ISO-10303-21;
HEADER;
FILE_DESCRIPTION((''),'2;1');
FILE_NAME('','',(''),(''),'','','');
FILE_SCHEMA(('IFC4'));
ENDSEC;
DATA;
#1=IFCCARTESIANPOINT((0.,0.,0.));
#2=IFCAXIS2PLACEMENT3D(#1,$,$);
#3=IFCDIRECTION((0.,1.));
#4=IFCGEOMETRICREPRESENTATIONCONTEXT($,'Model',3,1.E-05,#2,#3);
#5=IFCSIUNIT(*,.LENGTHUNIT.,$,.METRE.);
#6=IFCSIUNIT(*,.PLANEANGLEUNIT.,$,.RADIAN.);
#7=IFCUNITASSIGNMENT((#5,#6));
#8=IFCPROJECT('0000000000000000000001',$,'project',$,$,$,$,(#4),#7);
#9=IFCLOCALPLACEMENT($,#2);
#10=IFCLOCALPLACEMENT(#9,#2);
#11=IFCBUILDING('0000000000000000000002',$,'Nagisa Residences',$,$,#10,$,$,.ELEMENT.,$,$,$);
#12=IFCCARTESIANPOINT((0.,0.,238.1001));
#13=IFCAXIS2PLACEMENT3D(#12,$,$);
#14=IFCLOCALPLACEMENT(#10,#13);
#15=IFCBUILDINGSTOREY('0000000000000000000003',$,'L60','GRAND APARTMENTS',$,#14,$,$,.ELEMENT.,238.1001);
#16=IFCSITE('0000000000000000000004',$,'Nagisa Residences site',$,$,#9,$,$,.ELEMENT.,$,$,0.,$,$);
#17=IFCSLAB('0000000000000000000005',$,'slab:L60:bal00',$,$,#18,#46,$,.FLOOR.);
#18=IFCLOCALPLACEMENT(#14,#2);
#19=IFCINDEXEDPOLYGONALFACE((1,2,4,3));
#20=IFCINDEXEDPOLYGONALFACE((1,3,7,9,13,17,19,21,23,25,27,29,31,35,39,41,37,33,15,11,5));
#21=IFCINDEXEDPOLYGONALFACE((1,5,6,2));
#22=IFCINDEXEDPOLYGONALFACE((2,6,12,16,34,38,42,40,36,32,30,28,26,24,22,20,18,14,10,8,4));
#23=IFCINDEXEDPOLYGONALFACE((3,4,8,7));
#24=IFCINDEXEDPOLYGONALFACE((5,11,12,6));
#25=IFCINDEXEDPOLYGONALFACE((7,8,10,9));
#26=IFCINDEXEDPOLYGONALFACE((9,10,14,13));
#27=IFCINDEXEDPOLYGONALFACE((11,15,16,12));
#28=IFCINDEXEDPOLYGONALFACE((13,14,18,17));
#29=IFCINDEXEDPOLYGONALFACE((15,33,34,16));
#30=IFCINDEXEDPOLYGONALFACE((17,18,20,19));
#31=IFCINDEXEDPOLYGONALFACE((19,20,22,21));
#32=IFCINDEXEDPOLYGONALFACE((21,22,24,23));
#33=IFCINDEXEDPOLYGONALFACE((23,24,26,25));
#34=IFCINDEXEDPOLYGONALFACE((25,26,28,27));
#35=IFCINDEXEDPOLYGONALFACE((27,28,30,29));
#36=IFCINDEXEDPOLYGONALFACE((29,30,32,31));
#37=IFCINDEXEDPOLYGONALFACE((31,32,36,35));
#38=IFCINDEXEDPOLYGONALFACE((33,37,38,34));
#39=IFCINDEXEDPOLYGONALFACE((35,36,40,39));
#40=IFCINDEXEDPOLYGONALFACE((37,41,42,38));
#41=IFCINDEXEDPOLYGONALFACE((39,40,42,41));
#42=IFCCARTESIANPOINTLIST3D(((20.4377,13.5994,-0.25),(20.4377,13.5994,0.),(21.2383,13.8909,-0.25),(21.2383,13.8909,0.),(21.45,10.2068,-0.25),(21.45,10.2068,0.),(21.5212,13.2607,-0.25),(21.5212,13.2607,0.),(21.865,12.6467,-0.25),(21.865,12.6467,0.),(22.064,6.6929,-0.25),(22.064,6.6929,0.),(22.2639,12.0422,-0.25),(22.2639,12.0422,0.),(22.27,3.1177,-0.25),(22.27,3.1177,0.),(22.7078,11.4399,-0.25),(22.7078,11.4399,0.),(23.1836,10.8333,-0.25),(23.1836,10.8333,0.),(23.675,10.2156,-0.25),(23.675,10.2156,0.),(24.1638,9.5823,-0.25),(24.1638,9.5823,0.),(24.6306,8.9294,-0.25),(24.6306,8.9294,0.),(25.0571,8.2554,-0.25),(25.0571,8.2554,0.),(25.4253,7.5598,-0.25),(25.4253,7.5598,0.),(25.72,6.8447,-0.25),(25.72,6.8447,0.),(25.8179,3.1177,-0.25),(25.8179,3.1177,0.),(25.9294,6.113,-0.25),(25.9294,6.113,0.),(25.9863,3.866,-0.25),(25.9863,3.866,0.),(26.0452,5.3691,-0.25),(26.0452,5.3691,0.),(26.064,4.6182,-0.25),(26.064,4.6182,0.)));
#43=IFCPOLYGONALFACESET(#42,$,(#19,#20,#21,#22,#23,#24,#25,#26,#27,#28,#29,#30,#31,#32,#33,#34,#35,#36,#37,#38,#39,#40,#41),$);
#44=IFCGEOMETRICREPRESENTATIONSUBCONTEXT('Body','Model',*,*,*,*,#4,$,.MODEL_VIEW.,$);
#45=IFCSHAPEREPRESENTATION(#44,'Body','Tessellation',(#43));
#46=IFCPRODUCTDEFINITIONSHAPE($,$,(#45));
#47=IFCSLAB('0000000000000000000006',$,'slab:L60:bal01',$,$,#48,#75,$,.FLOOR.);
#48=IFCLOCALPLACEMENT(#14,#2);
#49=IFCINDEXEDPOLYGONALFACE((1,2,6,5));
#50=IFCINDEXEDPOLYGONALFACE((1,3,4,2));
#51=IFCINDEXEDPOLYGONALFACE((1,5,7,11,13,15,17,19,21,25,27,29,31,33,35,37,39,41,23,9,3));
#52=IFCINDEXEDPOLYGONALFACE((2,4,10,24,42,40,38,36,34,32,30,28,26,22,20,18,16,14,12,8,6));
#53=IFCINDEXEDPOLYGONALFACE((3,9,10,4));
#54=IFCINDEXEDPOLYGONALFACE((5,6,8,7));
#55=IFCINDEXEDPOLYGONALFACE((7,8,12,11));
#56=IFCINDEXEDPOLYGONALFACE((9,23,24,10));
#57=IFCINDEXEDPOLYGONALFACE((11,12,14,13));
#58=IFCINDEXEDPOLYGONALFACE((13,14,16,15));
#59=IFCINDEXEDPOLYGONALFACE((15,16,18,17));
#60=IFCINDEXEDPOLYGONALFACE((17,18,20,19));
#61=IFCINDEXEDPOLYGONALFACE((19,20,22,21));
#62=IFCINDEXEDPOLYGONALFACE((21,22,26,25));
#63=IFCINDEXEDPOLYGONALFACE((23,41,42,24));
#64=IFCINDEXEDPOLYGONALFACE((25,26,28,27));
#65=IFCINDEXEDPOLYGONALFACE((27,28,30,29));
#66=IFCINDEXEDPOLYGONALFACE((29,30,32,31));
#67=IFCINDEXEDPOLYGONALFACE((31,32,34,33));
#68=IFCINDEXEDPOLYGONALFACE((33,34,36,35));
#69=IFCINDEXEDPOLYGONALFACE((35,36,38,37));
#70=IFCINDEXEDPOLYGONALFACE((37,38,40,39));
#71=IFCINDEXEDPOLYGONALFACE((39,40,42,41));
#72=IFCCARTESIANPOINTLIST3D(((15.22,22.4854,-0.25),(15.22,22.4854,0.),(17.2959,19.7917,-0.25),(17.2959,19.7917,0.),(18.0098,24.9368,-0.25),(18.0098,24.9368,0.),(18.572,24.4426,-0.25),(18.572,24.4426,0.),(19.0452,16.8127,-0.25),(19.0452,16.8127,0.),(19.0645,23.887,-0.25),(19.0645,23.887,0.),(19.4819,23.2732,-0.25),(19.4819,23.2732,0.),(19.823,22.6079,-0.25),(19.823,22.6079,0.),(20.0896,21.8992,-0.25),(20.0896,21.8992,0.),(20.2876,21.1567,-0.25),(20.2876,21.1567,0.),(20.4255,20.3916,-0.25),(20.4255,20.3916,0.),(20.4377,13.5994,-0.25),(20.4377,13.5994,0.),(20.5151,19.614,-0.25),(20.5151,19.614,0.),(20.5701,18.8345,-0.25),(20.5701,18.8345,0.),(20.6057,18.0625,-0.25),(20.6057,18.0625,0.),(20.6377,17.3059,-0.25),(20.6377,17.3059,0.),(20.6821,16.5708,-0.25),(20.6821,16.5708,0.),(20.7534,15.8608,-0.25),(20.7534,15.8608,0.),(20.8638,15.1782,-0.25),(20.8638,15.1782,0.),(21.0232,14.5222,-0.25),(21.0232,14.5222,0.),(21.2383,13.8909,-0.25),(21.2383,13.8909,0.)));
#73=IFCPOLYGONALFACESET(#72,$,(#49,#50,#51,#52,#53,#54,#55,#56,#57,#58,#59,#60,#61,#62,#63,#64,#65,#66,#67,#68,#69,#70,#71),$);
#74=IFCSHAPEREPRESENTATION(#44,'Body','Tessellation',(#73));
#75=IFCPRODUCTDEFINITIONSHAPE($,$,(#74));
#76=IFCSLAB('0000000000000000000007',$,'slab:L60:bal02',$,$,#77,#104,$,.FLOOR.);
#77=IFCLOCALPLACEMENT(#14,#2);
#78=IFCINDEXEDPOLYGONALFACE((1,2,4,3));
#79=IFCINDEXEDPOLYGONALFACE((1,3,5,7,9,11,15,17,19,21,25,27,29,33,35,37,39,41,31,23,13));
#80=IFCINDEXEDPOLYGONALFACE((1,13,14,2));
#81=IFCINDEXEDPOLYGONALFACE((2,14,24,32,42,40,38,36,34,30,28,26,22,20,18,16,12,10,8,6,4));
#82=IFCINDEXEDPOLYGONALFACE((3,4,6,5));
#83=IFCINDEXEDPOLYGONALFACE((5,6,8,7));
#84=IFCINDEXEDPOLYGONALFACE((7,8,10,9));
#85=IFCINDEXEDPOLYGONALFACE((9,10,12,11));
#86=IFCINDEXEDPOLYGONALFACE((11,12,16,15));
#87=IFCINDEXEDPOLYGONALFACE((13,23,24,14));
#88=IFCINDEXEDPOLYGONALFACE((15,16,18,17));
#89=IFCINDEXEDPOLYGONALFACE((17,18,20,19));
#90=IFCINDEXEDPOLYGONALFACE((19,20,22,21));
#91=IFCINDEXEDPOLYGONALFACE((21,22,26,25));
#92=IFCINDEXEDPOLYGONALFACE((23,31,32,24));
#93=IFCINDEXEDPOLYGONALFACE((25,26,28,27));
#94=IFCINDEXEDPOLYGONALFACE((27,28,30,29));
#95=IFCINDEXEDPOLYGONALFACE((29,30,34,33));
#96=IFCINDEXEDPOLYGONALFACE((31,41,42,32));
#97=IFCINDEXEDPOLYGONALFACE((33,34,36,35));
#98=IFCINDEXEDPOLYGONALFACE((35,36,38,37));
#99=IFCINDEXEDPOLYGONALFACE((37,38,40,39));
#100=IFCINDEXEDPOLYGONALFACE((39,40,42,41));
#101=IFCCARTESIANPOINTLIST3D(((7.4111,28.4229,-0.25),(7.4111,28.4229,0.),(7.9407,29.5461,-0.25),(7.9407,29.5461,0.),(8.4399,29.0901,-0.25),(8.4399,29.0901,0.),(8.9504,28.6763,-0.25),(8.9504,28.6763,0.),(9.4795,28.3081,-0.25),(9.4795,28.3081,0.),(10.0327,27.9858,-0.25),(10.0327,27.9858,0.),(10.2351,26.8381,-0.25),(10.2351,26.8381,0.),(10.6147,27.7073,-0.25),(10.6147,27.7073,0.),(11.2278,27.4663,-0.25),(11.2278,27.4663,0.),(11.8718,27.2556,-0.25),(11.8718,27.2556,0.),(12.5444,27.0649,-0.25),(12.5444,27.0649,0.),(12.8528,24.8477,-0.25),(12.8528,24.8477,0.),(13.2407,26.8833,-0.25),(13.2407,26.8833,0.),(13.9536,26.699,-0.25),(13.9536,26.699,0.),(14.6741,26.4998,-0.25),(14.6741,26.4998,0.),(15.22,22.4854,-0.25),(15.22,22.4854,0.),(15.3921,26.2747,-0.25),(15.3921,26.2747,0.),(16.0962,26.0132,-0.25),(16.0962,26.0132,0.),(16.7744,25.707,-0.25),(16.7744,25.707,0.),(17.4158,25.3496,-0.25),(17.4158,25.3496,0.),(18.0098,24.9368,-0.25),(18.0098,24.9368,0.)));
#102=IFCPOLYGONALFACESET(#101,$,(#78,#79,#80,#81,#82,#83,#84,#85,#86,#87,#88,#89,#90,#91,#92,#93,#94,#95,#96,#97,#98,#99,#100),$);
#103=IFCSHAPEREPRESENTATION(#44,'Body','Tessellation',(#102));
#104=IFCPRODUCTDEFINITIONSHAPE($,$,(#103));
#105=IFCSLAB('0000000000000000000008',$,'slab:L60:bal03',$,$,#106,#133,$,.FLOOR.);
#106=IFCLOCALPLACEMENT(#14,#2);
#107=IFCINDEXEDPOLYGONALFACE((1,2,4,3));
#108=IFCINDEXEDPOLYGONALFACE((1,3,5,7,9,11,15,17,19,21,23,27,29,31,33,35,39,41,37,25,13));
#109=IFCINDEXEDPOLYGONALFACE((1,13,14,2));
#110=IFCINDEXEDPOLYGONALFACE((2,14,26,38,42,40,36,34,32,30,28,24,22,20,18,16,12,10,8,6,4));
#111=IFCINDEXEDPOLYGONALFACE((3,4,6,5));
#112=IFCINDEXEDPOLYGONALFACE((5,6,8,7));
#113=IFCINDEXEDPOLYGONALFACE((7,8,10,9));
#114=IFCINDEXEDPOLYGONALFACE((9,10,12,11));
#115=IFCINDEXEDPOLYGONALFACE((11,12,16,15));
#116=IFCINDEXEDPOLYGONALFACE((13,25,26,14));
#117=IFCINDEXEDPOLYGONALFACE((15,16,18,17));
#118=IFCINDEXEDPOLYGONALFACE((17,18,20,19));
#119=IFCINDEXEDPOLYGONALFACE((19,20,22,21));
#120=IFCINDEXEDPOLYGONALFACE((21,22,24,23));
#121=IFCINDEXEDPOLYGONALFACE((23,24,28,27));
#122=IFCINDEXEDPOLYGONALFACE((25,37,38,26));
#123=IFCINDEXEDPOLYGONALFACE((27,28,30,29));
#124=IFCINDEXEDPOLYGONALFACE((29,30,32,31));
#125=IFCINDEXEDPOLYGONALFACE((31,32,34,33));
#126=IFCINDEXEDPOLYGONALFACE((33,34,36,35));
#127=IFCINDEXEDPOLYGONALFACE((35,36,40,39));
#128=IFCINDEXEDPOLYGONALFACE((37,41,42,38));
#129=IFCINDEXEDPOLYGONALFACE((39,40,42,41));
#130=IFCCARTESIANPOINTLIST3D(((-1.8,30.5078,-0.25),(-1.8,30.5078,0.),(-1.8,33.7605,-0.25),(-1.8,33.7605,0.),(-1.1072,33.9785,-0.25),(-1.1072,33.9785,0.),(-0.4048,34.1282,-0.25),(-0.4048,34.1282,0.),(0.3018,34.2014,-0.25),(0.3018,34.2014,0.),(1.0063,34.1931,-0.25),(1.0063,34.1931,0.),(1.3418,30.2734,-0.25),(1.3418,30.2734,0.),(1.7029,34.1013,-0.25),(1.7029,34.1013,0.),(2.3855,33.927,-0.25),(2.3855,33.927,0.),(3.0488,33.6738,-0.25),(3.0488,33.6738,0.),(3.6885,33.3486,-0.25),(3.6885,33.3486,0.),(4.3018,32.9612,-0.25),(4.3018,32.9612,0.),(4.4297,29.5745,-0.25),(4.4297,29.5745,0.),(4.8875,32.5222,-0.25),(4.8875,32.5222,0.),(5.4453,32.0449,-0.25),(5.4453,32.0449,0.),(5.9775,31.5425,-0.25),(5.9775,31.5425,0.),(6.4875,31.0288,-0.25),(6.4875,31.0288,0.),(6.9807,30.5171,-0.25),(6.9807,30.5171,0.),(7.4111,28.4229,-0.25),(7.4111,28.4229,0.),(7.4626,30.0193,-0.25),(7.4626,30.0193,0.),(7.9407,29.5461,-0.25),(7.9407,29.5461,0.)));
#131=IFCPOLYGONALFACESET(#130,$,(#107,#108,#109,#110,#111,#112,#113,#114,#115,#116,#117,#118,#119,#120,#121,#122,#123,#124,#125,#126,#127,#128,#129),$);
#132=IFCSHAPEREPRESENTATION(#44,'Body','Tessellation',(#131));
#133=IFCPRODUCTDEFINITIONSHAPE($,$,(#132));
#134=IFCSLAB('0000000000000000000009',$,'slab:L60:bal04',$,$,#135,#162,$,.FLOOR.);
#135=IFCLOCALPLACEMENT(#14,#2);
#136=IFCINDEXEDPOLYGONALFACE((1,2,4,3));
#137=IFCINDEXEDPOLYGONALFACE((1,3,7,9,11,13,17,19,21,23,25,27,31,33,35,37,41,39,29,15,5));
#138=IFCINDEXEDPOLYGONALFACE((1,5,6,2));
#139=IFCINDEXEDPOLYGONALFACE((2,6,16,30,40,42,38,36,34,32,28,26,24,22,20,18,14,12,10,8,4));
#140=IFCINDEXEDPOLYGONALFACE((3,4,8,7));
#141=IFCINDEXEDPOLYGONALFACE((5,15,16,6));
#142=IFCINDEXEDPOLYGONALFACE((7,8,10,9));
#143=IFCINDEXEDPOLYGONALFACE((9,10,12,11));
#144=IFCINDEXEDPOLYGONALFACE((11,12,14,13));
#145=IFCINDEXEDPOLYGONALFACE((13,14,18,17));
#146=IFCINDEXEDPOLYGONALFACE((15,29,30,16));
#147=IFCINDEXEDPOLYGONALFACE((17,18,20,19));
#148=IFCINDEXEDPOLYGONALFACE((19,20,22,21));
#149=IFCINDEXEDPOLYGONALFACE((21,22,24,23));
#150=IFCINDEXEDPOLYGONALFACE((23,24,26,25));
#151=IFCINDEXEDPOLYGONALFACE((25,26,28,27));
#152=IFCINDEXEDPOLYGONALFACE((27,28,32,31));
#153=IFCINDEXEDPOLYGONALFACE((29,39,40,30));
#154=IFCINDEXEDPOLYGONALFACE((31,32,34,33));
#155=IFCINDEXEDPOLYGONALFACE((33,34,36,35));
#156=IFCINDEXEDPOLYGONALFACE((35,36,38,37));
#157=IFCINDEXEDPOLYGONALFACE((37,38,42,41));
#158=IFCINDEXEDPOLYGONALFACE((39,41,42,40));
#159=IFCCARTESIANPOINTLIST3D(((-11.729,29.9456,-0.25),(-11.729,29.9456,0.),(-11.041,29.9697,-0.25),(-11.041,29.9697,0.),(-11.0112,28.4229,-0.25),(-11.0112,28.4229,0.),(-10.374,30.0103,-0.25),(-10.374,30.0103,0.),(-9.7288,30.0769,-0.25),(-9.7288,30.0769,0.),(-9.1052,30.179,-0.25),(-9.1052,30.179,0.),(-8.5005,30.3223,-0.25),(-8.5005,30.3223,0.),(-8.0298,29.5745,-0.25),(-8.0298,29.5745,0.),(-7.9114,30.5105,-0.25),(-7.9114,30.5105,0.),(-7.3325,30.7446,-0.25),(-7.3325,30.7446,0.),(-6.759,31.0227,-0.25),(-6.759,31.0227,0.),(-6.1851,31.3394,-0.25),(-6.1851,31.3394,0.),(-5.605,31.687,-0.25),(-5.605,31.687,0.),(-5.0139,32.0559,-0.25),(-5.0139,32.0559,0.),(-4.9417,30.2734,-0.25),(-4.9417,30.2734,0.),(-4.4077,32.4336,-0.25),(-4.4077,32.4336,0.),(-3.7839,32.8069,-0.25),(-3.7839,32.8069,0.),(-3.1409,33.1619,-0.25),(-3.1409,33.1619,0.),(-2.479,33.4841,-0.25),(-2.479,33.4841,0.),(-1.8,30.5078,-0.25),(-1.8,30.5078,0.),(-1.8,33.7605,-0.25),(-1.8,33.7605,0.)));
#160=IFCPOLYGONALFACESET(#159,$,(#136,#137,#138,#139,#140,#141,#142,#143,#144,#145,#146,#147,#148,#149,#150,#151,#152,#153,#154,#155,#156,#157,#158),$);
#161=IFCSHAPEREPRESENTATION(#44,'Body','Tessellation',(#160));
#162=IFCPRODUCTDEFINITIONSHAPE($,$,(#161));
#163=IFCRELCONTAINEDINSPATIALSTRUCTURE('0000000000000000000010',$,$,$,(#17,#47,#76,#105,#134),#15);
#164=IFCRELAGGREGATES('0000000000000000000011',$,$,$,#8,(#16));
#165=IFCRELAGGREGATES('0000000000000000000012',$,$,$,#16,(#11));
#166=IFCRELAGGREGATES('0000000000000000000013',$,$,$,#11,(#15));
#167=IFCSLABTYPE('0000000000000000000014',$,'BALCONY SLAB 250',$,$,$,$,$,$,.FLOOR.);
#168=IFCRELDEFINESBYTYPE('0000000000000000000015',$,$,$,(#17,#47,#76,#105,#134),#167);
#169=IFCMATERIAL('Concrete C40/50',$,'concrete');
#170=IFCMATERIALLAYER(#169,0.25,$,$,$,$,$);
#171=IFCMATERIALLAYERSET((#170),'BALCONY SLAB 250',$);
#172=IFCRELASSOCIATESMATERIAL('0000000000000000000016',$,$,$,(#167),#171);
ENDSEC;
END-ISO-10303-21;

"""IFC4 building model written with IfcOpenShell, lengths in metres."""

from ifc_helpers import new_model, si_unit, direction, frame, origin, place, context, subcontext, project, spatial, polyline, outline, extrude, material, layer, layer_set, type_object, element, save


model = new_model("IFC4")

# Units and contexts
model_context = context("Model", 3, precision=1e-05, world=origin(), true_north=direction((0.0, 1.0)))
body_context = subcontext(model_context, "Body", "Model", "MODEL_VIEW")
ifc_project = project(units=[si_unit("LENGTHUNIT", "METRE"), si_unit("PLANEANGLEUNIT", "RADIAN")], contexts=[model_context])

# Site, building, storey
site_placement = place(None, origin())
site = spatial("IfcSite", under=ifc_project, at=site_placement, Name="Nagisa Residences site", CompositionType="ELEMENT", RefElevation=0.0)
building_placement = place(site_placement, origin())
building = spatial("IfcBuilding", under=site, at=building_placement, Name="Nagisa Residences", CompositionType="ELEMENT")
storey_placement = place(building_placement, frame((0.0, 0.0, 238.1001)))
storey = spatial("IfcBuildingStorey", under=building, at=storey_placement, Name="L60", Description="GRAND APARTMENTS", CompositionType="ELEMENT", Elevation=238.1001)

# Slabs
ifc_material_1 = material(Name="Concrete C40/50", Category="concrete")
ifc_layer_1 = layer(ifc_material_1, 0.25)
ifc_layer_set_1 = layer_set([ifc_layer_1], Name="BALCONY SLAB 250")
slab_type_1 = type_object("IfcSlabType", Name="BALCONY SLAB 250", PredefinedType="FLOOR", material=ifc_layer_set_1)
slab_1_placement = place(storey_placement, frame((0.0, 0.0, -0.25)))
element("IfcSlab", 1, at=slab_1_placement, inside=storey, type_object=slab_type_1, Name="slab:L60:bal00", PredefinedType="FLOOR", context=body_context, shape_type="SweptSolid", body=[
    extrude(outline(polyline([(25.8179, 3.1177), (25.9863, 3.866), (26.064, 4.6182), (26.0452, 5.3691), (25.9294, 6.113), (25.72, 6.8447), (25.4253, 7.5598), (25.0571, 8.2554), (24.6306, 8.9294), (24.1638, 9.5823), (23.675, 10.2156), (23.1836, 10.8333), (22.7078, 11.4399), (22.2639, 12.0422), (21.865, 12.6467), (21.5212, 13.2607), (21.2383, 13.8909), (20.4377, 13.5994), (21.45, 10.2068), (22.064, 6.6929), (22.27, 3.1177), (25.8179, 3.1177)])), origin(), (0.0, 0.0, 1.0), 0.25),
])
slab_2_placement = place(storey_placement, frame((0.0, 0.0, -0.25)))
element("IfcSlab", 2, at=slab_2_placement, inside=storey, type_object=slab_type_1, Name="slab:L60:bal01", PredefinedType="FLOOR", context=body_context, shape_type="SweptSolid", body=[
    extrude(outline(polyline([(21.2383, 13.8909), (21.0232, 14.5222), (20.8638, 15.1782), (20.7534, 15.8608), (20.6821, 16.5708), (20.6377, 17.3059), (20.6057, 18.0625), (20.5701, 18.8345), (20.5151, 19.614), (20.4255, 20.3916), (20.2876, 21.1567), (20.0896, 21.8992), (19.823, 22.6079), (19.4819, 23.2732), (19.0645, 23.887), (18.572, 24.4426), (18.0098, 24.9368), (15.22, 22.4854), (17.2959, 19.7917), (19.0452, 16.8127), (20.4377, 13.5994), (21.2383, 13.8909)])), origin(), (0.0, 0.0, 1.0), 0.25),
])
slab_3_placement = place(storey_placement, frame((0.0, 0.0, -0.25)))
element("IfcSlab", 3, at=slab_3_placement, inside=storey, type_object=slab_type_1, Name="slab:L60:bal02", PredefinedType="FLOOR", context=body_context, shape_type="SweptSolid", body=[
    extrude(outline(polyline([(18.0098, 24.9368), (17.4158, 25.3496), (16.7744, 25.707), (16.0962, 26.0132), (15.3921, 26.2747), (14.6741, 26.4998), (13.9536, 26.699), (13.2407, 26.8833), (12.5444, 27.0649), (11.8718, 27.2556), (11.2278, 27.4663), (10.6147, 27.7073), (10.0327, 27.9858), (9.4795, 28.3081), (8.9504, 28.6763), (8.4399, 29.0901), (7.9407, 29.5461), (7.4111, 28.4229), (10.2351, 26.8381), (12.8528, 24.8477), (15.22, 22.4854), (18.0098, 24.9368)])), origin(), (0.0, 0.0, 1.0), 0.25),
])
slab_4_placement = place(storey_placement, frame((0.0, 0.0, -0.25)))
element("IfcSlab", 4, at=slab_4_placement, inside=storey, type_object=slab_type_1, Name="slab:L60:bal03", PredefinedType="FLOOR", context=body_context, shape_type="SweptSolid", body=[
    extrude(outline(polyline([(7.9407, 29.5461), (7.4626, 30.0193), (6.9807, 30.5171), (6.4875, 31.0288), (5.9775, 31.5425), (5.4453, 32.0449), (4.8875, 32.5222), (4.3018, 32.9612), (3.6885, 33.3486), (3.0488, 33.6738), (2.3855, 33.927), (1.7029, 34.1013), (1.0063, 34.1931), (0.3018, 34.2014), (-0.4048, 34.1282), (-1.1072, 33.9785), (-1.8, 33.7605), (-1.8, 30.5078), (1.3418, 30.2734), (4.4297, 29.5745), (7.4111, 28.4229), (7.9407, 29.5461)])), origin(), (0.0, 0.0, 1.0), 0.25),
])
slab_5_placement = place(storey_placement, frame((0.0, 0.0, -0.25)))
element("IfcSlab", 5, at=slab_5_placement, inside=storey, type_object=slab_type_1, Name="slab:L60:bal04", PredefinedType="FLOOR", context=body_context, shape_type="SweptSolid", body=[
    extrude(outline(polyline([(-1.8, 33.7605), (-2.479, 33.4841), (-3.1409, 33.1619), (-3.7839, 32.8069), (-4.4077, 32.4336), (-5.0139, 32.0559), (-5.605, 31.687), (-6.1851, 31.3394), (-6.759, 31.0227), (-7.3325, 30.7446), (-7.9114, 30.5105), (-8.5005, 30.3223), (-9.1052, 30.179), (-9.7288, 30.0769), (-10.374, 30.0103), (-11.041, 29.9697), (-11.729, 29.9456), (-11.0112, 28.4229), (-8.0298, 29.5745), (-4.9417, 30.2734), (-1.8, 30.5078), (-1.8, 33.7605)])), origin(), (0.0, 0.0, 1.0), 0.25),
])

save(model, "model.ifc")
